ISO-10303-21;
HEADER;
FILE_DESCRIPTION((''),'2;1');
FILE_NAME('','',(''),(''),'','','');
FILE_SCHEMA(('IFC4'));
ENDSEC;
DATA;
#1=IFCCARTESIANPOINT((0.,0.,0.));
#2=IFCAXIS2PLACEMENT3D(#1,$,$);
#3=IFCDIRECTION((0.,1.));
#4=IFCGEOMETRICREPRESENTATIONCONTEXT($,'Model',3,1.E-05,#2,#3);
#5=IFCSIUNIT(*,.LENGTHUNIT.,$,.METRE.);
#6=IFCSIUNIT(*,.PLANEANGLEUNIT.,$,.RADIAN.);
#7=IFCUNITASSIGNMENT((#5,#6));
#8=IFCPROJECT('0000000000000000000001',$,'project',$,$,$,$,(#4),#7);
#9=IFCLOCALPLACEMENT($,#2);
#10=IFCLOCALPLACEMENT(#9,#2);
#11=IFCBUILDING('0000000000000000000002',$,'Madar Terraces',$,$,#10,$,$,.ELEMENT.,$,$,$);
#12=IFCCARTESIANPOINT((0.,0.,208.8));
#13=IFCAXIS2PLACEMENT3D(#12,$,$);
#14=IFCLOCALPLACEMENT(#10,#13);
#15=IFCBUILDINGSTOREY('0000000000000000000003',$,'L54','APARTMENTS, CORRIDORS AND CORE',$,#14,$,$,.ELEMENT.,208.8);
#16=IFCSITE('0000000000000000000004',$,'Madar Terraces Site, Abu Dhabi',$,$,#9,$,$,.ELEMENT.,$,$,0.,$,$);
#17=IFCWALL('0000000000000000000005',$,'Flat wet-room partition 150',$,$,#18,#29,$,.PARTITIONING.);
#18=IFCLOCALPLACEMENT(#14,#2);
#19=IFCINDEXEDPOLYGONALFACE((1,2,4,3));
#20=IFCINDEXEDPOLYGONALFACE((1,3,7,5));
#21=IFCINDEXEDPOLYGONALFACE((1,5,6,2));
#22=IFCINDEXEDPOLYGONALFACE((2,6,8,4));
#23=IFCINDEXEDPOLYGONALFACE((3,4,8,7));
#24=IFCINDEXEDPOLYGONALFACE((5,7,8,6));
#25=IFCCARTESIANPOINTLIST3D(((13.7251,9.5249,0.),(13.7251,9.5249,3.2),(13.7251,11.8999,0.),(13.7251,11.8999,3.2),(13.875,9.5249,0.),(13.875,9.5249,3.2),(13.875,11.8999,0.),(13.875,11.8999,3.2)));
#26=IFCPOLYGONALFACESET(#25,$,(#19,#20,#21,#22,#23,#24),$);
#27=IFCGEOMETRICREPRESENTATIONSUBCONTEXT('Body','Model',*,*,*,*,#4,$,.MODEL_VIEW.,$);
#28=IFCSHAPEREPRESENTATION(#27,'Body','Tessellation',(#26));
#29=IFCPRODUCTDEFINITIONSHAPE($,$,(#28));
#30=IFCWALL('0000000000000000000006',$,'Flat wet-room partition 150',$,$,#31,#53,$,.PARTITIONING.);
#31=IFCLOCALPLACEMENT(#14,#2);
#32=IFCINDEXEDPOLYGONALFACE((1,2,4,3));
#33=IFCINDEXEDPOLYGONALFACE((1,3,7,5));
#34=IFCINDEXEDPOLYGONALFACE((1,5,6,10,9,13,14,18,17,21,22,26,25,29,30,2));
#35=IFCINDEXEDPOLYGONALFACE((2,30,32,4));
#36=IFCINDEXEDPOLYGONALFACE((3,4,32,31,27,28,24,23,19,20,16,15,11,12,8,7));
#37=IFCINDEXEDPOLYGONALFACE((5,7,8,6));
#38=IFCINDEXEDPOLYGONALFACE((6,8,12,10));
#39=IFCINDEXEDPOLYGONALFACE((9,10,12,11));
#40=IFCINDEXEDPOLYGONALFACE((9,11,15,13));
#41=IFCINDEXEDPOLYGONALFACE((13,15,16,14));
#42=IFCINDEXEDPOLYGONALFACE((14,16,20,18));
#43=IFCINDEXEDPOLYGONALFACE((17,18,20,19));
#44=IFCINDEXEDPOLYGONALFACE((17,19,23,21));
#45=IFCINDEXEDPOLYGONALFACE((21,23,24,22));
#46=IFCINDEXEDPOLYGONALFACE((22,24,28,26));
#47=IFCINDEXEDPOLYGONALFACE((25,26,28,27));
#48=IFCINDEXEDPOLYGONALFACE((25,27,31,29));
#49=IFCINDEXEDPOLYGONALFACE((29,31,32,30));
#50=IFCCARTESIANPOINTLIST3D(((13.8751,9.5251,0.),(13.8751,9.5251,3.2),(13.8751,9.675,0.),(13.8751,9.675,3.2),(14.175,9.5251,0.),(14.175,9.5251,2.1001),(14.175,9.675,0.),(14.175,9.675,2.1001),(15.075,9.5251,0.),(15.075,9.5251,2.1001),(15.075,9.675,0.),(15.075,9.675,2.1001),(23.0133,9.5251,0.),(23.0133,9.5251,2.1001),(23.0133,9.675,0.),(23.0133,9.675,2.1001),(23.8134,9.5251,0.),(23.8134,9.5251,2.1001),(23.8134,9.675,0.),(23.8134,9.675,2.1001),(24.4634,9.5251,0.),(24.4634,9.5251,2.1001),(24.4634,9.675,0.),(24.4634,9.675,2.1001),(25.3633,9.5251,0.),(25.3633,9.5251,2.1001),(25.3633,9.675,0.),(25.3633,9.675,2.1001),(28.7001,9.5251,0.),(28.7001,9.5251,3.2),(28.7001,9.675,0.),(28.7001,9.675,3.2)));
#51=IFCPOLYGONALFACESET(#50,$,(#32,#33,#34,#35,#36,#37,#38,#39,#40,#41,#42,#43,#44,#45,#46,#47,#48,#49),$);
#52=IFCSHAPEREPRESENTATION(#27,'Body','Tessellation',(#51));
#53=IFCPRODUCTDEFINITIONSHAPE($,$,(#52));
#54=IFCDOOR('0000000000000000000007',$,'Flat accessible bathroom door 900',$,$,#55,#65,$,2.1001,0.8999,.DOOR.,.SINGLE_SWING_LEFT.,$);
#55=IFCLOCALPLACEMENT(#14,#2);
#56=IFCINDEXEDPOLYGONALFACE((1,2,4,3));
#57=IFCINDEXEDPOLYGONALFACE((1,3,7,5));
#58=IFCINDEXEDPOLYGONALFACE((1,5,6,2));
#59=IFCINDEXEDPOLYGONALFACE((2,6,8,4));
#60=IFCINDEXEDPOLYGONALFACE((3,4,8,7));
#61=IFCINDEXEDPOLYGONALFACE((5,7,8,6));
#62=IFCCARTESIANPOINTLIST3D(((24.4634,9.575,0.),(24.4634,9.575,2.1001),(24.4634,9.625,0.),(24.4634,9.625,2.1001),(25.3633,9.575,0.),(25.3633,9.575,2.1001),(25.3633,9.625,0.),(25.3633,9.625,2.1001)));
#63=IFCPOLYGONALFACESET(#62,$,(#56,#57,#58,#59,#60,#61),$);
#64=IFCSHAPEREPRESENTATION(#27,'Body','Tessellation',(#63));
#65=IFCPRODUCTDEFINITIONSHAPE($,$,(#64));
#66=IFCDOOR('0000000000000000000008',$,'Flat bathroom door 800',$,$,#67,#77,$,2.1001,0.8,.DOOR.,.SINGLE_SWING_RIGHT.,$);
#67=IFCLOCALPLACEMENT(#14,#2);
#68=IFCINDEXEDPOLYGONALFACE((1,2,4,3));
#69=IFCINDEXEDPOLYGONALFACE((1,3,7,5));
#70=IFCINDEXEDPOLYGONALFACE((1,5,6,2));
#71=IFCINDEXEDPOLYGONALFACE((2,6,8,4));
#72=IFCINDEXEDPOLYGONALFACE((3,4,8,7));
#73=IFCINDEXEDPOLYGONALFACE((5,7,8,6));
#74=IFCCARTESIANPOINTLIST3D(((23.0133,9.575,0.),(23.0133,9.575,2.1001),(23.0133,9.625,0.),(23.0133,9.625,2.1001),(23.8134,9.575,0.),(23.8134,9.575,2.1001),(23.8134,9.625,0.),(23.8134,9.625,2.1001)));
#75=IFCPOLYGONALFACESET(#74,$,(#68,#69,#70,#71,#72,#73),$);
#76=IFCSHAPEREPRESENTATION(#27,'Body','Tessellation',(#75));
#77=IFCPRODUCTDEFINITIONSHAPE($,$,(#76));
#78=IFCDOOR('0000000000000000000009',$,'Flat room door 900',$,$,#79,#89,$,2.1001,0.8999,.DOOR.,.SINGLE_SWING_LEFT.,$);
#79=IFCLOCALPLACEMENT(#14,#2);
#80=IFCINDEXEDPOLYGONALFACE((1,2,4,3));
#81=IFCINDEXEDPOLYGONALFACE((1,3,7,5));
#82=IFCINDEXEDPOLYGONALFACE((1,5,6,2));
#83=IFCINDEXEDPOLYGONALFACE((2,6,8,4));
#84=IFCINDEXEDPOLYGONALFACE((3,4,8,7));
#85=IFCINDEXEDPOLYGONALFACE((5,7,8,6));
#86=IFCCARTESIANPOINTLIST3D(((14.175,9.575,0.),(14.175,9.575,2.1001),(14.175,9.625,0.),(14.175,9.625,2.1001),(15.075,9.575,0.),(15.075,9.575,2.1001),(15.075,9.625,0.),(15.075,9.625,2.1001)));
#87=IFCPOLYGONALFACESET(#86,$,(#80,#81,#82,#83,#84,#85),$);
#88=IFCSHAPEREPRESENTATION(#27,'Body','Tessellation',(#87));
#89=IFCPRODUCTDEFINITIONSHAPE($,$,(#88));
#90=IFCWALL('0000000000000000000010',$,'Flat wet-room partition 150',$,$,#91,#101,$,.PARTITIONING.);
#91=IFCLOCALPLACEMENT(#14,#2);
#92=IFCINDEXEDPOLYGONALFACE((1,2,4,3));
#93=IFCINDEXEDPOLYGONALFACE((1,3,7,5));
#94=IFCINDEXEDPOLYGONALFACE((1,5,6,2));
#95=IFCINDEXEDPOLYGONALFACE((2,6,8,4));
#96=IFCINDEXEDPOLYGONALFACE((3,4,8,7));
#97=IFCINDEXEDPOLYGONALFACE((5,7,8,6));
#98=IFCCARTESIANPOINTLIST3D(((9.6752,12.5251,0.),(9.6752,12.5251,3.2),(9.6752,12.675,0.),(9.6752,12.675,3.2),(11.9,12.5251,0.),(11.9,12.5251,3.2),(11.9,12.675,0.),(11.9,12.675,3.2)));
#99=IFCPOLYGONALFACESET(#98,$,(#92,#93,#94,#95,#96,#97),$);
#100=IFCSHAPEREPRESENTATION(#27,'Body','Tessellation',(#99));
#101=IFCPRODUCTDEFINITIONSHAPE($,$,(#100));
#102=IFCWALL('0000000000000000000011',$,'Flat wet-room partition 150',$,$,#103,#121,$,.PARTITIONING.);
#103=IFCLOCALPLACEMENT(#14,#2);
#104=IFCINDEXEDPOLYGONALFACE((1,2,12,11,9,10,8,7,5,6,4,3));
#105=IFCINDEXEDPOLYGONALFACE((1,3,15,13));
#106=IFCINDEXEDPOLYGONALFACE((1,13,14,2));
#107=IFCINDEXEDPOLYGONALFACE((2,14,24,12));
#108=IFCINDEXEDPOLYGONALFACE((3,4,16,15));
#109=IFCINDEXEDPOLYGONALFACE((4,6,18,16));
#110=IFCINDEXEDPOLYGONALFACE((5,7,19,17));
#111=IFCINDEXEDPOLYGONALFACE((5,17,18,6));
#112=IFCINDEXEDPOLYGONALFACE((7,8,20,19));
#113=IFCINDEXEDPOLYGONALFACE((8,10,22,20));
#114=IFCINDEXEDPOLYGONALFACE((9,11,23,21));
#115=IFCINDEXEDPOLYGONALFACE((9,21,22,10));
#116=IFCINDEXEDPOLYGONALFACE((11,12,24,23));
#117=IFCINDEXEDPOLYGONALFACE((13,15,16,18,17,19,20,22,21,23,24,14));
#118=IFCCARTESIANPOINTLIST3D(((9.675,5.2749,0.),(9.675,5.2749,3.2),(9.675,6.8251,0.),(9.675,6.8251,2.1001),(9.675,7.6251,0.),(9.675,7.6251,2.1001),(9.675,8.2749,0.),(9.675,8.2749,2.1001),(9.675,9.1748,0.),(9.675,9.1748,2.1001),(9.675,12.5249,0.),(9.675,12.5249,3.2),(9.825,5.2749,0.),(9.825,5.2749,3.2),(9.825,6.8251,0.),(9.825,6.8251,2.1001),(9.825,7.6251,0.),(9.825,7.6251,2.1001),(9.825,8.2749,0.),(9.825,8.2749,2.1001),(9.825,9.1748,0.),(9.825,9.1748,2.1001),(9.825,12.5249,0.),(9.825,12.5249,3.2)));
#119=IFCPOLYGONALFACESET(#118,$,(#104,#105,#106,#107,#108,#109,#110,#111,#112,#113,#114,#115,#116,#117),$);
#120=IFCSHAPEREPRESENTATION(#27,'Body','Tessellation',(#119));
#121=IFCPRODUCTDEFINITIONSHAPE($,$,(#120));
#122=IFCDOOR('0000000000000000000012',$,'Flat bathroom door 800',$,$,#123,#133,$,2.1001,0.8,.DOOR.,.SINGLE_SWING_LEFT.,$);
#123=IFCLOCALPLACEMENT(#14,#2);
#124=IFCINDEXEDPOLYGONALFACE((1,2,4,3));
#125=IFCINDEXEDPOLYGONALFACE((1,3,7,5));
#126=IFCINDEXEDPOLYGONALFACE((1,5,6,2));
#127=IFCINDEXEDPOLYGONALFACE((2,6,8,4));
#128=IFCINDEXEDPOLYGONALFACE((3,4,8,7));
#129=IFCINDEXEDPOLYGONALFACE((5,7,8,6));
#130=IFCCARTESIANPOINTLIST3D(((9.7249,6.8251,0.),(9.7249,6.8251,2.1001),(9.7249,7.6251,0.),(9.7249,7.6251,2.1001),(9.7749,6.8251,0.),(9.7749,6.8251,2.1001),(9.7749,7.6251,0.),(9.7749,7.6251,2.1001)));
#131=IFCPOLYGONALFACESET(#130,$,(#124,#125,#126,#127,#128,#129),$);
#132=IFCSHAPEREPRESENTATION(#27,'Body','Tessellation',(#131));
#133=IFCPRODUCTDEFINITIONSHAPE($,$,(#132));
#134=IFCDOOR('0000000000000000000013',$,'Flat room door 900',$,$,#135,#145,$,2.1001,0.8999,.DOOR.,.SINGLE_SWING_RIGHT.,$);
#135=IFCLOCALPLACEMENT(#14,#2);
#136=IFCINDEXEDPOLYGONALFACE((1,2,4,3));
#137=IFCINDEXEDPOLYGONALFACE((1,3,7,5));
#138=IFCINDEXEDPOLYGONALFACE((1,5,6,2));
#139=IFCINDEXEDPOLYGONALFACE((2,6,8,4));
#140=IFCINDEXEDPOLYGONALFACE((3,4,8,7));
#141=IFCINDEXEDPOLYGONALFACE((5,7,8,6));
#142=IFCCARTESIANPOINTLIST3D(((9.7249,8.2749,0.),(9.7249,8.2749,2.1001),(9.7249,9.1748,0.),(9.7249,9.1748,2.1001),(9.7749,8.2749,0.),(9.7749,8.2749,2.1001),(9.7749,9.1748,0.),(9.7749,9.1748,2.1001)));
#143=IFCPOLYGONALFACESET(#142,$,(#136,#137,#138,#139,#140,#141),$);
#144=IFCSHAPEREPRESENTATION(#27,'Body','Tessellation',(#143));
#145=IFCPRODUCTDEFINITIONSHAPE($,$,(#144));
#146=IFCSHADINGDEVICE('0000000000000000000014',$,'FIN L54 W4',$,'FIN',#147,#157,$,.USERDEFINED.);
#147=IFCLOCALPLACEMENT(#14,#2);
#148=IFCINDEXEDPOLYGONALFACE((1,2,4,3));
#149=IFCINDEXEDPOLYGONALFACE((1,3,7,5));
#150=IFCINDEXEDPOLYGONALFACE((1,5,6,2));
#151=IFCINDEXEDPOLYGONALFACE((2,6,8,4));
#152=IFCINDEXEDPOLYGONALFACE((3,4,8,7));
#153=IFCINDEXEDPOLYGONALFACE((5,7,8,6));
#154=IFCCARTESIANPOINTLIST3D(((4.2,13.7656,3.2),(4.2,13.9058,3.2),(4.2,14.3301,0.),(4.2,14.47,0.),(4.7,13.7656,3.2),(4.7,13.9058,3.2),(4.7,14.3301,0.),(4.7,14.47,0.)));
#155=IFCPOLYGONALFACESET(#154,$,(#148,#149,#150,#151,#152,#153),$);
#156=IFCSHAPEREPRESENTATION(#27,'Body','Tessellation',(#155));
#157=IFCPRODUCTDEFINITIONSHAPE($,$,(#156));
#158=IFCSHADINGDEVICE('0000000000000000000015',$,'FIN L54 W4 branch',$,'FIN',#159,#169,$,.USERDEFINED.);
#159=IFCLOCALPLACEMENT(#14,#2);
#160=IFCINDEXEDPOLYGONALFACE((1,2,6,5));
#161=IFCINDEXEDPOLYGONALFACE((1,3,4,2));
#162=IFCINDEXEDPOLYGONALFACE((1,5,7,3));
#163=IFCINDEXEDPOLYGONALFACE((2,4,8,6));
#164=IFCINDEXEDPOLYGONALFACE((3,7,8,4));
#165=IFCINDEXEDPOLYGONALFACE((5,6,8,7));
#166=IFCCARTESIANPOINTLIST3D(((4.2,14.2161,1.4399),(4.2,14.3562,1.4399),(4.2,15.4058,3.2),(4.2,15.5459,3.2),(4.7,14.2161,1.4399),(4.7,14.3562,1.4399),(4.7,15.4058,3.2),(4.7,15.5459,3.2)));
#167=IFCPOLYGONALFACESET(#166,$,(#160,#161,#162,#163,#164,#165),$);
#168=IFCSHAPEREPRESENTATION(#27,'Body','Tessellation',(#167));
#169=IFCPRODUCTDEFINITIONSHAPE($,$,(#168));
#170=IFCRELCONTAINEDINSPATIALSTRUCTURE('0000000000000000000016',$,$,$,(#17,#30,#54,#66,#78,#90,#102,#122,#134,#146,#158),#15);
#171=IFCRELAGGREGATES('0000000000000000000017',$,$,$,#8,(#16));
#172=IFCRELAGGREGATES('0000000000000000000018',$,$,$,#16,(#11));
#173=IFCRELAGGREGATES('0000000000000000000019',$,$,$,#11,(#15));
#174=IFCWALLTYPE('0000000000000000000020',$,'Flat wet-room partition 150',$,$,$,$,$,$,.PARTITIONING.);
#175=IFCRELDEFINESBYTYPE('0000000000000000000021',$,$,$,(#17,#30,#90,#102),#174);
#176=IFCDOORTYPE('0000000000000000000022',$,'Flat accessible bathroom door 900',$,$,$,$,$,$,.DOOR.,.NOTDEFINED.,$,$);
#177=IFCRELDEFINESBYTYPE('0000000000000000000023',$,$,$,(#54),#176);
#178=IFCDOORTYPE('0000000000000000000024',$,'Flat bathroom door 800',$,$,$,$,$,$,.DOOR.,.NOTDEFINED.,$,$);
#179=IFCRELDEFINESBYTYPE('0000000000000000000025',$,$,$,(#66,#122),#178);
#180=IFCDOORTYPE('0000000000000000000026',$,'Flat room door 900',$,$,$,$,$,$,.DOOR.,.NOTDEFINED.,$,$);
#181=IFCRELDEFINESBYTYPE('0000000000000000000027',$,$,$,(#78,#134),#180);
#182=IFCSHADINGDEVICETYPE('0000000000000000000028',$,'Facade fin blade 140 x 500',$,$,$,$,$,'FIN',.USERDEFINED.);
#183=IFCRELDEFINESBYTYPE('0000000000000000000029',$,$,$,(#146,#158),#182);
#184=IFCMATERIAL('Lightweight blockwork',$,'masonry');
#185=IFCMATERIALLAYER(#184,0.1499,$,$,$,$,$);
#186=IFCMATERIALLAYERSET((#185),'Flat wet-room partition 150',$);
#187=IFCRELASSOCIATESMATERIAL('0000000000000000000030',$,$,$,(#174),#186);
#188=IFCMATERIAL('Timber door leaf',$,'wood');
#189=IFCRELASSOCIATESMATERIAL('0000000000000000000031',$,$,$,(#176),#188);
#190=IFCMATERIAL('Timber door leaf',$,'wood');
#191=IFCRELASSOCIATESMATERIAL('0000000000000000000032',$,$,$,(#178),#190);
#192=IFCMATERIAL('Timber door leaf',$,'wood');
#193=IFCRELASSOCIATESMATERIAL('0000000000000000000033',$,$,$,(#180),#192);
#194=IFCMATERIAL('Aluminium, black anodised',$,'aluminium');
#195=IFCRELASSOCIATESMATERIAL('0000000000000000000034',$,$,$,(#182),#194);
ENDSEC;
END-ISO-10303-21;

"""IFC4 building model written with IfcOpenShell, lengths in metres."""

from ifc_helpers import new_model, si_unit, direction, frame, frame_2d, origin, place, context, subcontext, project, spatial, polyline, rectangle, outline, extrude, material, layer, layer_set, type_object, element, fill, save


model = new_model("IFC4")

# Units and contexts
model_context = context("Model", 3, precision=1e-05, world=origin(), true_north=direction((0.0, 1.0)))
body_context = subcontext(model_context, "Body", "Model", "MODEL_VIEW")
ifc_project = project(units=[si_unit("LENGTHUNIT", "METRE"), si_unit("PLANEANGLEUNIT", "RADIAN")], contexts=[model_context])

# Site, building, storey
site_placement = place(None, origin())
site = spatial("IfcSite", under=ifc_project, at=site_placement, Name="Madar Terraces Site, Abu Dhabi", CompositionType="ELEMENT", RefElevation=0.0)
building_placement = place(site_placement, origin())
building = spatial("IfcBuilding", under=site, at=building_placement, Name="Madar Terraces", CompositionType="ELEMENT")
storey_placement = place(building_placement, frame((0.0, 0.0, 208.8)))
storey = spatial("IfcBuildingStorey", under=building, at=storey_placement, Name="L54", Description="APARTMENTS, CORRIDORS AND CORE", CompositionType="ELEMENT", Elevation=208.8)

# Wall
ifc_material_1 = material(Name="Lightweight blockwork", Category="masonry")
ifc_layer_1 = layer(ifc_material_1, 0.1499)
ifc_layer_set_1 = layer_set([ifc_layer_1], Name="Flat wet-room partition 150")
wall_type_1 = type_object("IfcWallType", Name="Flat wet-room partition 150", PredefinedType="PARTITIONING", material=ifc_layer_set_1)
wall_1_placement = place(storey_placement, frame((13.8, 11.8999, 0.0), z_axis=(0.0, 0.0, 1.0), x_axis=(0.0, -1.0, 0.0)))
element("IfcWall", 1, at=wall_1_placement, inside=storey, type_object=wall_type_1, Name="Flat wet-room partition 150", PredefinedType="PARTITIONING", context=body_context, shape_type="SweptSolid", body=[
    extrude(rectangle(XDim=2.375, YDim=0.1499, at=frame_2d((1.1875, 0.0))), origin(), (0.0, 0.0, 1.0), 3.2),
])

# Wall, openings, doors
wall_2_placement = place(storey_placement, frame((13.875, 9.6001, 0.0), z_axis=(0.0, 0.0, 1.0), x_axis=(1.0, 0.0, 0.0)))
wall_2 = element("IfcWall", 2, at=wall_2_placement, inside=storey, type_object=wall_type_1, Name="Flat wet-room partition 150", PredefinedType="PARTITIONING", context=body_context, shape_type="SweptSolid", body=[
    extrude(rectangle(XDim=14.825, YDim=0.1499, at=frame_2d((7.4126, 0.0))), origin(), (0.0, 0.0, 1.0), 3.2),
])
opening_1_placement = place(wall_2_placement, frame((0.3, 0.0, 0.0)))
opening_1 = element("IfcOpeningElement", 3, at=opening_1_placement, cuts=wall_2, PredefinedType="OPENING", context=body_context, shape_type="SweptSolid", body=[
    extrude(rectangle(XDim=0.8999, YDim=2.1001, at=frame_2d((0.45, 1.05))), frame((0.0, 0.085, 0.0), z_axis=(0.0, -1.0, 0.0), x_axis=(1.0, 0.0, 0.0)), (0.0, 0.0, 1.0), 0.1699),
])
opening_2_placement = place(wall_2_placement, frame((9.1384, 0.0, 0.0)))
opening_2 = element("IfcOpeningElement", 4, at=opening_2_placement, cuts=wall_2, PredefinedType="OPENING", context=body_context, shape_type="SweptSolid", body=[
    extrude(rectangle(XDim=0.8, YDim=2.1001, at=frame_2d((0.3999, 1.05))), frame((0.0, 0.085, 0.0), z_axis=(0.0, -1.0, 0.0), x_axis=(1.0, 0.0, 0.0)), (0.0, 0.0, 1.0), 0.1699),
])
opening_3_placement = place(wall_2_placement, frame((10.5884, 0.0, 0.0)))
opening_3 = element("IfcOpeningElement", 5, at=opening_3_placement, cuts=wall_2, PredefinedType="OPENING", context=body_context, shape_type="SweptSolid", body=[
    extrude(rectangle(XDim=0.8999, YDim=2.1001, at=frame_2d((0.45, 1.05))), frame((0.0, 0.085, 0.0), z_axis=(0.0, -1.0, 0.0), x_axis=(1.0, 0.0, 0.0)), (0.0, 0.0, 1.0), 0.1699),
])
ifc_material_2 = material(Name="Timber door leaf", Category="wood")
door_type_1 = type_object("IfcDoorType", Name="Flat accessible bathroom door 900", OperationType="NOTDEFINED", PredefinedType="DOOR", material=ifc_material_2)
door_1_placement = place(opening_3_placement, origin())
door_1 = element("IfcDoor", 6, at=door_1_placement, inside=storey, type_object=door_type_1, Name="Flat accessible bathroom door 900", OperationType="SINGLE_SWING_LEFT", OverallHeight=2.1001, OverallWidth=0.8999, PredefinedType="DOOR", context=body_context, shape_type="SweptSolid", body=[
    extrude(rectangle(XDim=0.8999, YDim=2.1001, at=frame_2d((0.45, 1.05))), frame((0.0, 0.0249, 0.0), z_axis=(0.0, -1.0, 0.0), x_axis=(1.0, 0.0, 0.0)), (0.0, 0.0, 1.0), 0.05),
])
fill(opening_3, door_1)
ifc_material_3 = material(Name="Timber door leaf", Category="wood")
door_type_2 = type_object("IfcDoorType", Name="Flat bathroom door 800", OperationType="NOTDEFINED", PredefinedType="DOOR", material=ifc_material_3)
door_2_placement = place(opening_2_placement, origin())
door_2 = element("IfcDoor", 7, at=door_2_placement, inside=storey, type_object=door_type_2, Name="Flat bathroom door 800", OperationType="SINGLE_SWING_RIGHT", OverallHeight=2.1001, OverallWidth=0.8, PredefinedType="DOOR", context=body_context, shape_type="SweptSolid", body=[
    extrude(rectangle(XDim=0.8, YDim=2.1001, at=frame_2d((0.3999, 1.05))), frame((0.0, 0.0249, 0.0), z_axis=(0.0, -1.0, 0.0), x_axis=(1.0, 0.0, 0.0)), (0.0, 0.0, 1.0), 0.05),
])
fill(opening_2, door_2)
ifc_material_4 = material(Name="Timber door leaf", Category="wood")
door_type_3 = type_object("IfcDoorType", Name="Flat room door 900", OperationType="NOTDEFINED", PredefinedType="DOOR", material=ifc_material_4)
door_3_placement = place(opening_1_placement, origin())
door_3 = element("IfcDoor", 8, at=door_3_placement, inside=storey, type_object=door_type_3, Name="Flat room door 900", OperationType="SINGLE_SWING_LEFT", OverallHeight=2.1001, OverallWidth=0.8999, PredefinedType="DOOR", context=body_context, shape_type="SweptSolid", body=[
    extrude(rectangle(XDim=0.8999, YDim=2.1001, at=frame_2d((0.45, 1.05))), frame((0.0, 0.0249, 0.0), z_axis=(0.0, -1.0, 0.0), x_axis=(1.0, 0.0, 0.0)), (0.0, 0.0, 1.0), 0.05),
])
fill(opening_1, door_3)

# Wall
wall_3_placement = place(storey_placement, frame((11.8999, 12.6001, 0.0), z_axis=(0.0, 0.0, 1.0), x_axis=(-1.0, 0.0, 0.0)))
element("IfcWall", 9, at=wall_3_placement, inside=storey, type_object=wall_type_1, Name="Flat wet-room partition 150", PredefinedType="PARTITIONING", context=body_context, shape_type="SweptSolid", body=[
    extrude(rectangle(XDim=2.2249, YDim=0.1499, at=frame_2d((1.1123, 0.0))), origin(), (0.0, 0.0, 1.0), 3.2),
])

# Wall, openings, doors
wall_4_placement = place(storey_placement, frame((9.75, 12.5249, 0.0), z_axis=(0.0, 0.0, 1.0), x_axis=(0.0, -1.0, 0.0)))
wall_4 = element("IfcWall", 10, at=wall_4_placement, inside=storey, type_object=wall_type_1, Name="Flat wet-room partition 150", PredefinedType="PARTITIONING", context=body_context, shape_type="SweptSolid", body=[
    extrude(rectangle(XDim=7.25, YDim=0.1499, at=frame_2d((3.625, 0.0))), origin(), (0.0, 0.0, 1.0), 3.2),
])
opening_4_placement = place(wall_4_placement, frame((3.3501, 0.0, 0.0)))
opening_4 = element("IfcOpeningElement", 11, at=opening_4_placement, cuts=wall_4, PredefinedType="OPENING", context=body_context, shape_type="SweptSolid", body=[
    extrude(rectangle(XDim=0.8999, YDim=2.1001, at=frame_2d((0.45, 1.05))), frame((0.0, 0.085, 0.0), z_axis=(0.0, -1.0, 0.0), x_axis=(1.0, 0.0, 0.0)), (0.0, 0.0, 1.0), 0.1699),
])
opening_5_placement = place(wall_4_placement, frame((4.8999, 0.0, 0.0)))
opening_5 = element("IfcOpeningElement", 12, at=opening_5_placement, cuts=wall_4, PredefinedType="OPENING", context=body_context, shape_type="SweptSolid", body=[
    extrude(rectangle(XDim=0.8, YDim=2.1001, at=frame_2d((0.3999, 1.05))), frame((0.0, 0.085, 0.0), z_axis=(0.0, -1.0, 0.0), x_axis=(1.0, 0.0, 0.0)), (0.0, 0.0, 1.0), 0.1699),
])
door_4_placement = place(opening_5_placement, origin())
door_4 = element("IfcDoor", 13, at=door_4_placement, inside=storey, type_object=door_type_2, Name="Flat bathroom door 800", OperationType="SINGLE_SWING_LEFT", OverallHeight=2.1001, OverallWidth=0.8, PredefinedType="DOOR", context=body_context, shape_type="SweptSolid", body=[
    extrude(rectangle(XDim=0.8, YDim=2.1001, at=frame_2d((0.3999, 1.05))), frame((0.0, 0.0249, 0.0), z_axis=(0.0, -1.0, 0.0), x_axis=(1.0, 0.0, 0.0)), (0.0, 0.0, 1.0), 0.05),
])
fill(opening_5, door_4)
door_5_placement = place(opening_4_placement, origin())
door_5 = element("IfcDoor", 14, at=door_5_placement, inside=storey, type_object=door_type_3, Name="Flat room door 900", OperationType="SINGLE_SWING_RIGHT", OverallHeight=2.1001, OverallWidth=0.8999, PredefinedType="DOOR", context=body_context, shape_type="SweptSolid", body=[
    extrude(rectangle(XDim=0.8999, YDim=2.1001, at=frame_2d((0.45, 1.05))), frame((0.0, 0.0249, 0.0), z_axis=(0.0, -1.0, 0.0), x_axis=(1.0, 0.0, 0.0)), (0.0, 0.0, 1.0), 0.05),
])
fill(opening_4, door_5)

# Shading devices
ifc_material_5 = material(Name="Aluminium, black anodised", Category="aluminium")
shading_device_type = type_object("IfcShadingDeviceType", Name="Facade fin blade 140 x 500", ElementType="FIN", PredefinedType="USERDEFINED", material=ifc_material_5)
shading_device_1_placement = place(storey_placement, frame((4.45, 14.47, 0.0), z_axis=(0.0, 0.0, 1.0), x_axis=(0.0, -1.0, 0.0)))
element("IfcShadingDevice", 15, at=shading_device_1_placement, inside=storey, type_object=shading_device_type, Name="FIN L54 W4", ObjectType="FIN", PredefinedType="USERDEFINED", context=body_context, shape_type="SweptSolid", body=[
    extrude(outline(polyline([(0.0, 0.0), (0.1399, 0.0), (0.7043, 3.2), (0.5642, 3.2), (0.0, 0.0)])), frame((0.0, 0.25, 0.0), z_axis=(0.0, -1.0, 0.0), x_axis=(1.0, 0.0, 0.0)), (0.0, 0.0, 1.0), 0.5),
])
shading_device_2_placement = place(storey_placement, frame((4.45, 14.3562, 1.4399), z_axis=(0.0, 0.0, 1.0), x_axis=(0.0, -1.0, 0.0)))
element("IfcShadingDevice", 16, at=shading_device_2_placement, inside=storey, type_object=shading_device_type, Name="FIN L54 W4 branch", ObjectType="FIN", PredefinedType="USERDEFINED", context=body_context, shape_type="SweptSolid", body=[
    extrude(outline(polyline([(0.0, 0.0), (0.1401, 0.0), (-1.0496, 1.76), (-1.1897, 1.76), (0.0, 0.0)])), frame((0.0, 0.25, 0.0), z_axis=(0.0, -1.0, 0.0), x_axis=(1.0, 0.0, 0.0)), (0.0, 0.0, 1.0), 0.5),
])

save(model, "model.ifc")
